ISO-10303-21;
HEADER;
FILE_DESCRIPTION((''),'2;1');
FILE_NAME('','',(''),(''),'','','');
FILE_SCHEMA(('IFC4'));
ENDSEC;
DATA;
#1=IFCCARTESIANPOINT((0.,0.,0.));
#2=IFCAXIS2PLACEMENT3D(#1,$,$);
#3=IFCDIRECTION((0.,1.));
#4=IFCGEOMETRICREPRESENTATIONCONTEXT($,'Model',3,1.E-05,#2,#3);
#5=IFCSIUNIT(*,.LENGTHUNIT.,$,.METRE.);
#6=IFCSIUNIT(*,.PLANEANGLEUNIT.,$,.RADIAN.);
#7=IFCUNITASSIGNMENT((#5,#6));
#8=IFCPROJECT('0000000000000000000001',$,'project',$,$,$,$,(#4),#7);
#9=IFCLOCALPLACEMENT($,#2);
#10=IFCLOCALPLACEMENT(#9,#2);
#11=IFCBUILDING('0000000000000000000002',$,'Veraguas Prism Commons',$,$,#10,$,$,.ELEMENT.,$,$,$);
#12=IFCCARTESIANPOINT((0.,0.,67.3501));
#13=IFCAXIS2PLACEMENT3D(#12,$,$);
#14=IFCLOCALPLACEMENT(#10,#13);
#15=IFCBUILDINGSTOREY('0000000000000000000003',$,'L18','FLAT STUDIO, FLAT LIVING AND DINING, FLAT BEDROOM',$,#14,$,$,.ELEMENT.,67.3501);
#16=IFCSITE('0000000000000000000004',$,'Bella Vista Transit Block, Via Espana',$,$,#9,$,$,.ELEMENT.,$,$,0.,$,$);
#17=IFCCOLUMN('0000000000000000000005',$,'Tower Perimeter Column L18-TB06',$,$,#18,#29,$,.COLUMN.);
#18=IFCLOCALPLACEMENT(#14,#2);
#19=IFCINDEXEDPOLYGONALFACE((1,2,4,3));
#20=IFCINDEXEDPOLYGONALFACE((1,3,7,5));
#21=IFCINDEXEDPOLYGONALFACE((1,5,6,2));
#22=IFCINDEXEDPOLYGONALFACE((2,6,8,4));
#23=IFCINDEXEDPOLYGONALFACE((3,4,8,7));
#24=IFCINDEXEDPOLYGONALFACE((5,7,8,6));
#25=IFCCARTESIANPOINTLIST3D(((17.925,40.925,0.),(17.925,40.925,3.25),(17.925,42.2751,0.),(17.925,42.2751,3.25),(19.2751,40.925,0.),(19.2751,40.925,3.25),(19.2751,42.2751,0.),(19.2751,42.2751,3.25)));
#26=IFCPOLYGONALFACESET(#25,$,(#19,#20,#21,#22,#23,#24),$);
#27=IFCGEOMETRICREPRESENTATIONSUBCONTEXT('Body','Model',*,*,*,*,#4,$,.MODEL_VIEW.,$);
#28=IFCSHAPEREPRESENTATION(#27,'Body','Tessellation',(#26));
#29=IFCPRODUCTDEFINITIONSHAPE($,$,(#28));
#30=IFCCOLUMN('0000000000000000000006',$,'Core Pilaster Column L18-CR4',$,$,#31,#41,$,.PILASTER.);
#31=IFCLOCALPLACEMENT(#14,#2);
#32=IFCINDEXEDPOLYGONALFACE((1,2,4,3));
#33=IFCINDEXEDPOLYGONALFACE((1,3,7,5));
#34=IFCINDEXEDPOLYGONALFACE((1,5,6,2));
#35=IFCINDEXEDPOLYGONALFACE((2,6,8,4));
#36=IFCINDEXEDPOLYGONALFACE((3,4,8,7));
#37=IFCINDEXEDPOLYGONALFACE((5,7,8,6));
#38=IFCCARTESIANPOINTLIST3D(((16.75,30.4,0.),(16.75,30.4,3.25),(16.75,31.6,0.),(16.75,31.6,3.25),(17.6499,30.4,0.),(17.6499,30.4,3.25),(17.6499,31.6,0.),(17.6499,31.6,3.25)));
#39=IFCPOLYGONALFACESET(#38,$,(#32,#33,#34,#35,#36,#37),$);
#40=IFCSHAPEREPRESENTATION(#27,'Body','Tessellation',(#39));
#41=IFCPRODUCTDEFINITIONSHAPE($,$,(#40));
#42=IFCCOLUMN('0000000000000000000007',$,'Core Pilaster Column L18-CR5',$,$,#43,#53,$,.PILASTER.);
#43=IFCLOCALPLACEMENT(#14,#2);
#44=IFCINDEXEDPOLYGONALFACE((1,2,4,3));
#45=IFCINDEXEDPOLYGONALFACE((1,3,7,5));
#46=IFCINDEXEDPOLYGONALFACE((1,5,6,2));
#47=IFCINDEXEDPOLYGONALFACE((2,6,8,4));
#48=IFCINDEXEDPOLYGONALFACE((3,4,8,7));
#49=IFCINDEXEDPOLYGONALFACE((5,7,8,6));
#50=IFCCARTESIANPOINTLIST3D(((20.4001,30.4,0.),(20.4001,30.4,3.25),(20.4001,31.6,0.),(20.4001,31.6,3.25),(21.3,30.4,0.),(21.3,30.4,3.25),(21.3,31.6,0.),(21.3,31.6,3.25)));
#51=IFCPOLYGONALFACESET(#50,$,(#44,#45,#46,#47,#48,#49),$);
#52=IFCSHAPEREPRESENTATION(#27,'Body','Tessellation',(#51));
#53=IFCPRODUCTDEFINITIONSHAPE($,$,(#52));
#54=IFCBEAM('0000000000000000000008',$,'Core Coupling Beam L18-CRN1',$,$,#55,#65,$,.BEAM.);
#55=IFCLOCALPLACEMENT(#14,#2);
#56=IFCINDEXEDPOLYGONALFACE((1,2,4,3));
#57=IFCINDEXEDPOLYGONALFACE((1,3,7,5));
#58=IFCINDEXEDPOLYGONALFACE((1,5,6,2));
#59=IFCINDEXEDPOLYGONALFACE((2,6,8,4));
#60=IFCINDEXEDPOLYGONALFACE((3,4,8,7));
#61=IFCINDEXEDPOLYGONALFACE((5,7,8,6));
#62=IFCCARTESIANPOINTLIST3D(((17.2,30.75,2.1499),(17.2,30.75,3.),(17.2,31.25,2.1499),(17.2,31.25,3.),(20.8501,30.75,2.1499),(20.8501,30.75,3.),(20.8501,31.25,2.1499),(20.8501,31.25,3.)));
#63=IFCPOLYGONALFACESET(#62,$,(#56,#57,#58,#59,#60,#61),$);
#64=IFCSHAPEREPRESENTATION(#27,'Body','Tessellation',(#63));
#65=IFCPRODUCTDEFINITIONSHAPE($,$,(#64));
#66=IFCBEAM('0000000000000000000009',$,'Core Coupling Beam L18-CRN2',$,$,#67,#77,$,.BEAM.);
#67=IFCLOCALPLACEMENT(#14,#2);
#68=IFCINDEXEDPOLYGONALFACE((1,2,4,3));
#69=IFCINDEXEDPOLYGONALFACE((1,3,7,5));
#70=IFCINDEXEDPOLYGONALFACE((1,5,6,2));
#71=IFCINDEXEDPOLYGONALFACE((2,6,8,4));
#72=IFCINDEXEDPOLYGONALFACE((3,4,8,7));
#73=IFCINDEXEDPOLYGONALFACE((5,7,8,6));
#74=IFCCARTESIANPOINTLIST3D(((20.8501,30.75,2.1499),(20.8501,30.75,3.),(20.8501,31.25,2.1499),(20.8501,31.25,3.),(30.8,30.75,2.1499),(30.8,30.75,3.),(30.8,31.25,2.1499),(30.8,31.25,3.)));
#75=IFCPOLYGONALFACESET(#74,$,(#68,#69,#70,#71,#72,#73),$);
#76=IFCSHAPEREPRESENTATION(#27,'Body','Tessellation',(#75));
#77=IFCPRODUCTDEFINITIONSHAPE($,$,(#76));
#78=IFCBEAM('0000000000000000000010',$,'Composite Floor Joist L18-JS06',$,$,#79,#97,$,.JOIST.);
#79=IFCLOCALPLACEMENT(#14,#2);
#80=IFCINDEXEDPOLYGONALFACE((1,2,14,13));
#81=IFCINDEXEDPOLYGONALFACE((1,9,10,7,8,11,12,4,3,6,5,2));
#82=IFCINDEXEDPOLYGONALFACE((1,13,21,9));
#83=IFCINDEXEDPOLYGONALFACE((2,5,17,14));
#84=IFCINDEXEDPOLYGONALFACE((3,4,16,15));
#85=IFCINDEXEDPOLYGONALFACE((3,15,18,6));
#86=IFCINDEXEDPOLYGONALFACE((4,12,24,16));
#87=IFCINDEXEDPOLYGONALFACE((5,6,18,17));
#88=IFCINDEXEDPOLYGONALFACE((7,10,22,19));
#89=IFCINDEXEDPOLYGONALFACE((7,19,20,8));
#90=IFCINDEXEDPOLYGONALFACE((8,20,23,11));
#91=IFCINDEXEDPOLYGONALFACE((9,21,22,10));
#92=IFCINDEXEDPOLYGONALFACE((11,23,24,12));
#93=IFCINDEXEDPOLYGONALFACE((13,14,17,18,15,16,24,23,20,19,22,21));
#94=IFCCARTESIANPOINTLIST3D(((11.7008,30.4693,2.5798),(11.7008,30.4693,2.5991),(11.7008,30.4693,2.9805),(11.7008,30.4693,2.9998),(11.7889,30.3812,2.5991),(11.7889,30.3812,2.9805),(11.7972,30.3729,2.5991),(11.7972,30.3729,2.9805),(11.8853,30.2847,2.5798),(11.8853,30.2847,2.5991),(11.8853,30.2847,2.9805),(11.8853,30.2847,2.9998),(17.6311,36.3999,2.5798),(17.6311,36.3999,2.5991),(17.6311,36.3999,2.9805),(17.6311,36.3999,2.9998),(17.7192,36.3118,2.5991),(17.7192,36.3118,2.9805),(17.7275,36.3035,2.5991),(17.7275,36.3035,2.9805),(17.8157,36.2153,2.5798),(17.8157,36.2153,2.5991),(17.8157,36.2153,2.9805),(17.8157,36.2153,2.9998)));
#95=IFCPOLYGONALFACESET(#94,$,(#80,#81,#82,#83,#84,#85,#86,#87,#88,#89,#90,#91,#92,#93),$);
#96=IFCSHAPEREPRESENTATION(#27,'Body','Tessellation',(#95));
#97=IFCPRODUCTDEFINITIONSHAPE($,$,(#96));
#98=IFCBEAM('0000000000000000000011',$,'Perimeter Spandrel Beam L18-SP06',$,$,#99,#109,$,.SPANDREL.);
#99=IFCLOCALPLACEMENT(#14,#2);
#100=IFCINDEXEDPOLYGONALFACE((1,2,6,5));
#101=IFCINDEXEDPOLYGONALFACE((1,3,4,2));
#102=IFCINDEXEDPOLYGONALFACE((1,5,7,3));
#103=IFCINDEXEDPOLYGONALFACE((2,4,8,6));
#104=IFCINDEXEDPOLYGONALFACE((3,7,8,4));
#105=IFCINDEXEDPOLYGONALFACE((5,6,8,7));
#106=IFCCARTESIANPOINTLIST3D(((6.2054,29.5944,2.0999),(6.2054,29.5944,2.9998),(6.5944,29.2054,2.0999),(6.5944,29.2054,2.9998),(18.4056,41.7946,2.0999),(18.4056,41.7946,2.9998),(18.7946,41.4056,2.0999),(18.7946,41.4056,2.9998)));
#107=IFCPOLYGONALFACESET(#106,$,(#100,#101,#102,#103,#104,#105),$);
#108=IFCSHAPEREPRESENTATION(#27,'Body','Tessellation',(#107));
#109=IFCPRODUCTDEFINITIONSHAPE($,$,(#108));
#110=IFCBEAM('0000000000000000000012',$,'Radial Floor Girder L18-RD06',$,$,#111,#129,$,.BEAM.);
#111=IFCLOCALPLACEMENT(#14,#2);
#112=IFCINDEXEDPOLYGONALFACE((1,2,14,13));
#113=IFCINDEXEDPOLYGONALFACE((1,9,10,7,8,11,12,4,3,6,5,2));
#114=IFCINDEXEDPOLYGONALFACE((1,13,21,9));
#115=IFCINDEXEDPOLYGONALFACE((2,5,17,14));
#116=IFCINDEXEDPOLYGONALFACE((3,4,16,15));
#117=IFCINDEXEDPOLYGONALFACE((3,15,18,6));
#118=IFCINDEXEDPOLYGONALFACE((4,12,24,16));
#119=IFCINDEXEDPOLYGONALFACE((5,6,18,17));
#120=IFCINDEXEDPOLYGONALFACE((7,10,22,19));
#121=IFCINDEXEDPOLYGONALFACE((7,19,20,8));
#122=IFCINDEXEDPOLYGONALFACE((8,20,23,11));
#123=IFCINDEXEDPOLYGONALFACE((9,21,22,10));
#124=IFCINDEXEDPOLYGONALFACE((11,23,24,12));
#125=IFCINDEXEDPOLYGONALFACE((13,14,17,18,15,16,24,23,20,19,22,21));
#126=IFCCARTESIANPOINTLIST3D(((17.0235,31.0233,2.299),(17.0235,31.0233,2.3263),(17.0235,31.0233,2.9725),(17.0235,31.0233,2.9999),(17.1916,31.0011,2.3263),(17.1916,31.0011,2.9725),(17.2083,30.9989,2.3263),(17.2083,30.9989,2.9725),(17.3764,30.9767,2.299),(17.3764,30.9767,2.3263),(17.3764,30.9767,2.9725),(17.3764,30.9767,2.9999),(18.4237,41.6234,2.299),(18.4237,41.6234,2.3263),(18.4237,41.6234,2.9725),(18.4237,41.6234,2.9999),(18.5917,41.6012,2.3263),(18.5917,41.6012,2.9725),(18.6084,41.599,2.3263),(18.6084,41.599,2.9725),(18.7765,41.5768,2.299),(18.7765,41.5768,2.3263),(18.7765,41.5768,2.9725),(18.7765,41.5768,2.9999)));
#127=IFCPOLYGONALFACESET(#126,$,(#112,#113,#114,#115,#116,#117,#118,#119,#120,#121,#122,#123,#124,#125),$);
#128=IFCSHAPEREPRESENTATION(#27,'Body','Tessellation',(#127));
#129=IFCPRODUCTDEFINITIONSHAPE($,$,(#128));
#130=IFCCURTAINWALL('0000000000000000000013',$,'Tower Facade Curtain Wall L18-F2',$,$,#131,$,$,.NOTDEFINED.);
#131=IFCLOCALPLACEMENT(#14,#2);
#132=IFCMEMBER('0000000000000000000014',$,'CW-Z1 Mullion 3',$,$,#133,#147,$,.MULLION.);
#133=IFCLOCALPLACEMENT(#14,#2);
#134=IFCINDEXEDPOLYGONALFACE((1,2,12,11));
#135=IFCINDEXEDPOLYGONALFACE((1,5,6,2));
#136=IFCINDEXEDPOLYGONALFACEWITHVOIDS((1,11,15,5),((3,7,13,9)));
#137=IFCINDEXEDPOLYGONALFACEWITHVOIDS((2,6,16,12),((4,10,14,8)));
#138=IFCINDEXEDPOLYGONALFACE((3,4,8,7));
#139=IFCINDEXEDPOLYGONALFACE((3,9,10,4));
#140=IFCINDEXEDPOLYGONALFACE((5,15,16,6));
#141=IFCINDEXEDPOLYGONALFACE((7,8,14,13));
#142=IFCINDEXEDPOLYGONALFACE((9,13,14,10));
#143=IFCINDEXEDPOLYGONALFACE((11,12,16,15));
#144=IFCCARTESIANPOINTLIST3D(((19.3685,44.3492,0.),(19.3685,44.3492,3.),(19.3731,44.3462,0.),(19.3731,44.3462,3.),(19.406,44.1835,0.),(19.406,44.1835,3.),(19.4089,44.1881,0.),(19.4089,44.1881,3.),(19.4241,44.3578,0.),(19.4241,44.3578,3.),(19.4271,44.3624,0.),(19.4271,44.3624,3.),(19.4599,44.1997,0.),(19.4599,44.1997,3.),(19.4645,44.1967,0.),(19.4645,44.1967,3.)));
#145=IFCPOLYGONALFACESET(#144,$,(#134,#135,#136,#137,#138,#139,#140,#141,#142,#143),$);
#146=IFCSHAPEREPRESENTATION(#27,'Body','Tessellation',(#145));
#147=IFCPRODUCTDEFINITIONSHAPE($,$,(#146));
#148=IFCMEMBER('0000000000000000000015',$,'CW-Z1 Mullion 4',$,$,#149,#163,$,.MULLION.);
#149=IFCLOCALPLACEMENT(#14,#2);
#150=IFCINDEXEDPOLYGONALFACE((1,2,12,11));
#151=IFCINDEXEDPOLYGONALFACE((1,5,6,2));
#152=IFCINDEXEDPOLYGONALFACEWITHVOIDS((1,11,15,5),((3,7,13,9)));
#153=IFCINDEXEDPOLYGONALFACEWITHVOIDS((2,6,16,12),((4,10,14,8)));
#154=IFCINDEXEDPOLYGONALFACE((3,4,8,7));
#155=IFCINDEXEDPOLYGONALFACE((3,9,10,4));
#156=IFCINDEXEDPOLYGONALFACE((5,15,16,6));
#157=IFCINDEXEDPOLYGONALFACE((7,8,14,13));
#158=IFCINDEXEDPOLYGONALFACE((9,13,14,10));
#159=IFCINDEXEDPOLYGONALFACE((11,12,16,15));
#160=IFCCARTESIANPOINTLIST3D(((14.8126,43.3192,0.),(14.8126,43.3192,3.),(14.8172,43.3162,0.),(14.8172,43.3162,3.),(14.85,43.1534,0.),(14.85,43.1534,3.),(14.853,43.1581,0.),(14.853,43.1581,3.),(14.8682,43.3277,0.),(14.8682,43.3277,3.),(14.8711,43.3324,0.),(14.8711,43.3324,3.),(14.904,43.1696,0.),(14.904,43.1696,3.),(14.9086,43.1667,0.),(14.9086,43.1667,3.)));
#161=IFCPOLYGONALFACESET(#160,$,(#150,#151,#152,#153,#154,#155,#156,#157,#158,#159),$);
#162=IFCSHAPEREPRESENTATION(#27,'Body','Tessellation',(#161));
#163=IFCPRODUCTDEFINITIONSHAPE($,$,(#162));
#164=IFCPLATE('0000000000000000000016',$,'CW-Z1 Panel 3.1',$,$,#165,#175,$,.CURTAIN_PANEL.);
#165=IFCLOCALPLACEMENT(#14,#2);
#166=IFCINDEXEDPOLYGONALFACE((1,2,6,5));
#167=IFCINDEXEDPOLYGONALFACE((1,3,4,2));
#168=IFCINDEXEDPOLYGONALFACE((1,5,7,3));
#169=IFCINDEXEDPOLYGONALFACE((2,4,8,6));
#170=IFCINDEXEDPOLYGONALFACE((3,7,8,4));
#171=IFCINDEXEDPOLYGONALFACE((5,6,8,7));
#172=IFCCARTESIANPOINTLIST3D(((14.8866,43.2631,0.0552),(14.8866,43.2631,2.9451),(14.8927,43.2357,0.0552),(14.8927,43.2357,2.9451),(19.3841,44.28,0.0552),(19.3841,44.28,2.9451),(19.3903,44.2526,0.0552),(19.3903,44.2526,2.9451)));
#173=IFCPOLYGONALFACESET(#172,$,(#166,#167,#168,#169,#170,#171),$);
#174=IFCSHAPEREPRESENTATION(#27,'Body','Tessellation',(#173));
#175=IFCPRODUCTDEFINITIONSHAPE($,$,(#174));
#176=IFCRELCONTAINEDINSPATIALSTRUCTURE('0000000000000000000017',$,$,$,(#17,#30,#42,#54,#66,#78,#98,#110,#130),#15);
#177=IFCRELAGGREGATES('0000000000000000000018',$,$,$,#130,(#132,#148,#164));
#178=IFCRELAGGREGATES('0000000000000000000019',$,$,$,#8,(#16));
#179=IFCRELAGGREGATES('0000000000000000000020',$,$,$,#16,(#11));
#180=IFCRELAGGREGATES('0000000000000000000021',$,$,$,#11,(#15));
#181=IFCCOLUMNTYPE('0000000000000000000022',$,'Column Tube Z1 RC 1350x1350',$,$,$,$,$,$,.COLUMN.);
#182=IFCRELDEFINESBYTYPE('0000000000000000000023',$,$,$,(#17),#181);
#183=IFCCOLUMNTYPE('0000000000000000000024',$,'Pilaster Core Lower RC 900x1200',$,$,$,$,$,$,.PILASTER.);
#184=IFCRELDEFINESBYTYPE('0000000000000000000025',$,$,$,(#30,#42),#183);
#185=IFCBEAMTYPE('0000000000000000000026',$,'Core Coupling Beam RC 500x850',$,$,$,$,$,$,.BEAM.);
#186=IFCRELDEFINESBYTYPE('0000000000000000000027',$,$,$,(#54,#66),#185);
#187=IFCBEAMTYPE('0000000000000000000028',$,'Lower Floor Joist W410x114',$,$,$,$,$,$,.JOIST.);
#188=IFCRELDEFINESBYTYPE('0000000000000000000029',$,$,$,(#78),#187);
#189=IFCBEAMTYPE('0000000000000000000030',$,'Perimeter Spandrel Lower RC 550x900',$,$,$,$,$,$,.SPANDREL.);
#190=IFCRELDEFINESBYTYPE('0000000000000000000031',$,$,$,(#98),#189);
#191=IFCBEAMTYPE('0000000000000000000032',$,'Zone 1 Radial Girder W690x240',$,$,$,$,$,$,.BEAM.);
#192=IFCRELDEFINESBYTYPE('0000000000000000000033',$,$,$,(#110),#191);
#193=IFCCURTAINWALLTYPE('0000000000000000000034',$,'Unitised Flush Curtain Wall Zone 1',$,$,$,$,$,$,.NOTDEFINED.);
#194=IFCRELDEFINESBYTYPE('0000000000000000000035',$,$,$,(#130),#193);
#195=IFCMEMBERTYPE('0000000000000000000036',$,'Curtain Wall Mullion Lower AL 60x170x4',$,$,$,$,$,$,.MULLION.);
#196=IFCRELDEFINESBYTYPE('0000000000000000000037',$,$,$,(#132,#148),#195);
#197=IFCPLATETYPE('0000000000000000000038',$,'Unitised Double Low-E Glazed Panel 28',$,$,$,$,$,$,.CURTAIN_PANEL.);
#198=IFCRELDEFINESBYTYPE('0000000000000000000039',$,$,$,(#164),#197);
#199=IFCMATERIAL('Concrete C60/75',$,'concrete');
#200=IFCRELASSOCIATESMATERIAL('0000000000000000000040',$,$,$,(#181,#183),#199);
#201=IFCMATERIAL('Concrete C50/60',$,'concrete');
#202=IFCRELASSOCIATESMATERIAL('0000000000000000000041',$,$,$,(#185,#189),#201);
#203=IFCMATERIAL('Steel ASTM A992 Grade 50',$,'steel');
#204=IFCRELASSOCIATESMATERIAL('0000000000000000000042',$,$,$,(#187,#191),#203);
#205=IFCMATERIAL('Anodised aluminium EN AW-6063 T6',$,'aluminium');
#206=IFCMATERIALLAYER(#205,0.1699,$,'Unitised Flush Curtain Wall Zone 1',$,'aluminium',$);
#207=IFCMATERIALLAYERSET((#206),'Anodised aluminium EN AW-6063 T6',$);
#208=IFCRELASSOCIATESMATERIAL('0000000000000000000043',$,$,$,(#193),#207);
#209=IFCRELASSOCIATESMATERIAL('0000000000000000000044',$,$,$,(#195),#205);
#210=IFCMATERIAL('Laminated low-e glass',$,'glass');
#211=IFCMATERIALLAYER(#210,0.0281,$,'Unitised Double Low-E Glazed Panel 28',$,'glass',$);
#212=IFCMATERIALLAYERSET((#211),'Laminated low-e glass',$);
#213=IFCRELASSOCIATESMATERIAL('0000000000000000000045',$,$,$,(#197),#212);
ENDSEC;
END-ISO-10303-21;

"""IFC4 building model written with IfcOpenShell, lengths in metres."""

from ifc_helpers import new_model, si_unit, direction, frame, origin, origin_2d, place, context, subcontext, project, spatial, rectangle, hollow_rectangle, i_section, extrude, source, transform, mapped, material, layer, layer_set, material_profile, profile_set, type_object, element, aggregate, save


model = new_model("IFC4")

# Units and contexts
model_context = context("Model", 3, precision=1e-05, world=origin(), true_north=direction((0.0, 1.0)))
body_context = subcontext(model_context, "Body", "Model", "MODEL_VIEW")
ifc_project = project(units=[si_unit("LENGTHUNIT", "METRE"), si_unit("PLANEANGLEUNIT", "RADIAN")], contexts=[model_context])

# Site, building, storey
site_placement = place(None, origin())
site = spatial("IfcSite", under=ifc_project, at=site_placement, Name="Bella Vista Transit Block, Via Espana", CompositionType="ELEMENT", RefElevation=0.0)
building_placement = place(site_placement, origin())
building = spatial("IfcBuilding", under=site, at=building_placement, Name="Veraguas Prism Commons", CompositionType="ELEMENT")
storey_placement = place(building_placement, frame((0.0, 0.0, 67.3501)))
storey = spatial("IfcBuildingStorey", under=building, at=storey_placement, Name="L18", Description="FLAT STUDIO, FLAT LIVING AND DINING, FLAT BEDROOM", CompositionType="ELEMENT", Elevation=67.3501)

# Columns
ifc_material_1 = material(Name="Concrete C60/75", Category="concrete")
ifc_material_profile_1 = material_profile(ifc_material_1, rectangle(XDim=1.3501, YDim=1.3501, at=origin_2d()), Name="RC1350X1350")
ifc_profile_set_1 = profile_set([ifc_material_profile_1], Name="Concrete C60/75")
column_type_1 = type_object("IfcColumnType", Name="Column Tube Z1 RC 1350x1350", PredefinedType="COLUMN", material=ifc_profile_set_1)
column_placement = place(storey_placement, frame((18.6001, 41.6001, 0.0), z_axis=(0.0, 0.0, 1.0), x_axis=(1.0, 0.0, 0.0)))
element("IfcColumn", 1, at=column_placement, inside=storey, type_object=column_type_1, Name="Tower Perimeter Column L18-TB06", PredefinedType="COLUMN", context=body_context, shape_type="SweptSolid", body=[
    extrude(rectangle(XDim=1.3501, YDim=1.3501, at=origin_2d()), origin(), (0.0, 0.0, 1.0), 3.25),
])
ifc_material_profile_2 = material_profile(ifc_material_1, rectangle(XDim=0.8999, YDim=1.2, at=origin_2d()), Name="RC900X1200")
ifc_profile_set_2 = profile_set([ifc_material_profile_2], Name="Concrete C60/75")
column_type_2 = type_object("IfcColumnType", Name="Pilaster Core Lower RC 900x1200", PredefinedType="PILASTER", material=ifc_profile_set_2)
for number, where, z_axis, x_axis, name in (
    (2, (17.2, 31.0, 0.0), (0.0, 0.0, 1.0), (1.0, 0.0, 0.0), "Core Pilaster Column L18-CR4"),
    (3, (20.8501, 31.0, 0.0), (0.0, 0.0, 1.0), (1.0, 0.0, 0.0), "Core Pilaster Column L18-CR5"),
):
    element("IfcColumn", number, at=place(storey_placement, frame(where, z_axis=z_axis, x_axis=x_axis)), inside=storey, type_object=column_type_2, Name=name, PredefinedType="PILASTER", context=body_context, shape_type="SweptSolid", body=[
        extrude(rectangle(XDim=0.8999, YDim=1.2, at=origin_2d()), origin(), (0.0, 0.0, 1.0), 3.25),
    ])

# Beams
ifc_material_2 = material(Name="Concrete C50/60", Category="concrete")
ifc_material_profile_3 = material_profile(ifc_material_2, rectangle(XDim=0.5, YDim=0.8501, at=origin_2d()), Name="RC500X850")
ifc_profile_set_3 = profile_set([ifc_material_profile_3], Name="Concrete C50/60")
beam_type_1 = type_object("IfcBeamType", Name="Core Coupling Beam RC 500x850", PredefinedType="BEAM", material=ifc_profile_set_3)
beam_1_placement = place(storey_placement, frame((17.2, 31.0, 2.575), z_axis=(1.0, 0.0, 0.0), x_axis=(0.0, 1.0, 0.0)))
element("IfcBeam", 4, at=beam_1_placement, inside=storey, type_object=beam_type_1, Name="Core Coupling Beam L18-CRN1", PredefinedType="BEAM", context=body_context, shape_type="SweptSolid", body=[
    extrude(rectangle(XDim=0.5, YDim=0.8501, at=origin_2d()), origin(), (0.0, 0.0, 1.0), 3.6501),
])
beam_2_placement = place(storey_placement, frame((20.8501, 31.0, 2.575), z_axis=(1.0, 0.0, 0.0), x_axis=(0.0, 1.0, 0.0)))
element("IfcBeam", 5, at=beam_2_placement, inside=storey, type_object=beam_type_1, Name="Core Coupling Beam L18-CRN2", PredefinedType="BEAM", context=body_context, shape_type="SweptSolid", body=[
    extrude(rectangle(XDim=0.5, YDim=0.8501, at=origin_2d()), origin(), (0.0, 0.0, 1.0), 9.95),
])
ifc_material_3 = material(Name="Steel ASTM A992 Grade 50", Category="steel")
ifc_material_profile_4 = material_profile(ifc_material_3, i_section(OverallWidth=0.261, OverallDepth=0.4199, WebThickness=0.0117, FlangeThickness=0.0193, at=origin_2d()), Name="W410X114")
ifc_profile_set_4 = profile_set([ifc_material_profile_4], Name="Steel ASTM A992 Grade 50")
beam_type_2 = type_object("IfcBeamType", Name="Lower Floor Joist W410x114", PredefinedType="JOIST", material=ifc_profile_set_4)
beam_3_placement = place(storey_placement, frame((17.7234, 36.3076, 2.7898), z_axis=(-0.707092, -0.707121, 0.0), x_axis=(0.707121, -0.707092, 0.0)))
element("IfcBeam", 6, at=beam_3_placement, inside=storey, type_object=beam_type_2, Name="Composite Floor Joist L18-JS06", PredefinedType="JOIST", context=body_context, shape_type="SweptSolid", body=[
    extrude(i_section(OverallWidth=0.261, OverallDepth=0.4199, WebThickness=0.0117, FlangeThickness=0.0193, at=origin_2d()), origin(), (0.0, 0.0, 1.0), 8.387),
])
ifc_material_profile_5 = material_profile(ifc_material_2, rectangle(XDim=0.55, YDim=0.8999, at=origin_2d()), Name="RC550X900")
ifc_profile_set_5 = profile_set([ifc_material_profile_5], Name="Concrete C50/60")
beam_type_3 = type_object("IfcBeamType", Name="Perimeter Spandrel Lower RC 550x900", PredefinedType="SPANDREL", material=ifc_profile_set_5)
beam_4_placement = place(storey_placement, frame((18.6001, 41.6001, 2.5498), z_axis=(-0.707107, -0.707107, 0.0), x_axis=(0.707107, -0.707107, 0.0)))
element("IfcBeam", 7, at=beam_4_placement, inside=storey, type_object=beam_type_3, Name="Perimeter Spandrel Beam L18-SP06", PredefinedType="SPANDREL", context=body_context, shape_type="SweptSolid", body=[
    extrude(rectangle(XDim=0.55, YDim=0.8999, at=origin_2d()), origin(), (0.0, 0.0, 1.0), 17.2537),
])
ifc_material_profile_6 = material_profile(ifc_material_3, i_section(OverallWidth=0.356, OverallDepth=0.7009, WebThickness=0.0168, FlangeThickness=0.0273, at=origin_2d()), Name="W690X240")
ifc_profile_set_6 = profile_set([ifc_material_profile_6], Name="Steel ASTM A992 Grade 50")
beam_type_4 = type_object("IfcBeamType", Name="Zone 1 Radial Girder W690x240", PredefinedType="BEAM", material=ifc_profile_set_6)
beam_5_placement = place(storey_placement, frame((18.6001, 41.6001, 2.6494), z_axis=(-0.130951, -0.991389, 0.0), x_axis=(0.991389, -0.130951, 0.0)))
element("IfcBeam", 8, at=beam_5_placement, inside=storey, type_object=beam_type_4, Name="Radial Floor Girder L18-RD06", PredefinedType="BEAM", context=body_context, shape_type="SweptSolid", body=[
    extrude(i_section(OverallWidth=0.356, OverallDepth=0.7009, WebThickness=0.0168, FlangeThickness=0.0273, at=origin_2d()), origin(), (0.0, 0.0, 1.0), 10.6921),
])

# Curtain wall, members, plate
ifc_material_4 = material(Name="Anodised aluminium EN AW-6063 T6", Category="aluminium")
ifc_layer_1 = layer(ifc_material_4, 0.1699, Name="Unitised Flush Curtain Wall Zone 1", Category="aluminium")
ifc_layer_set_1 = layer_set([ifc_layer_1], Name="Anodised aluminium EN AW-6063 T6")
curtain_wall_type = type_object("IfcCurtainWallType", Name="Unitised Flush Curtain Wall Zone 1", PredefinedType="NOTDEFINED", material=ifc_layer_set_1)
curtain_wall_placement = place(storey_placement, origin())
curtain_wall = element("IfcCurtainWall", 9, at=curtain_wall_placement, inside=storey, type_object=curtain_wall_type, Name="Tower Facade Curtain Wall L18-F2", PredefinedType="NOTDEFINED")
ifc_material_profile_7 = material_profile(ifc_material_4, hollow_rectangle(XDim=0.0601, YDim=0.1699, WallThickness=0.0039, at=origin_2d()), Name="AL60X170X4")
ifc_profile_set_7 = profile_set([ifc_material_profile_7], Name="Anodised aluminium EN AW-6063 T6")
member_type = type_object("IfcMemberType", Name="Curtain Wall Mullion Lower AL 60x170x4", PredefinedType="MULLION", material=ifc_profile_set_7)
shared_shape_1 = source(origin(), body_context, "Body", "SweptSolid", [
    extrude(hollow_rectangle(XDim=0.0601, YDim=0.1699, WallThickness=0.0039, at=origin_2d()), origin(), (0.0, 0.0, 1.0), 3.0),
])
member_1_placement = place(storey_placement, frame((19.4165, 44.2729, 0.0), z_axis=(0.0, 0.0, 1.0), x_axis=(-0.97538, -0.220532, 0.0)))
member_1 = element("IfcMember", 10, at=member_1_placement, type_object=member_type, Name="CW-Z1 Mullion 3", PredefinedType="MULLION", context=body_context, shape_type="MappedRepresentation", body=[
    mapped(shared_shape_1, transform((0.0, 0.0, 0.0), scale=1.0)),
])
member_2_placement = place(storey_placement, frame((14.8606, 43.2429, 0.0), z_axis=(0.0, 0.0, 1.0), x_axis=(-0.97538, -0.220532, 0.0)))
member_2 = element("IfcMember", 11, at=member_2_placement, type_object=member_type, Name="CW-Z1 Mullion 4", PredefinedType="MULLION", context=body_context, shape_type="MappedRepresentation", body=[
    mapped(shared_shape_1, transform((0.0, 0.0, 0.0), scale=1.0)),
])
ifc_material_5 = material(Name="Laminated low-e glass", Category="glass")
ifc_layer_2 = layer(ifc_material_5, 0.0281, Name="Unitised Double Low-E Glazed Panel 28", Category="glass")
ifc_layer_set_2 = layer_set([ifc_layer_2], Name="Laminated low-e glass")
plate_type = type_object("IfcPlateType", Name="Unitised Double Low-E Glazed Panel 28", PredefinedType="CURTAIN_PANEL", material=ifc_layer_set_2)
shared_shape_2 = source(origin(), body_context, "Body", "SweptSolid", [
    extrude(rectangle(XDim=4.6111, YDim=0.0281, at=origin_2d()), origin(), (0.0, 0.0, 1.0), 2.8899),
])
plate_placement = place(storey_placement, frame((17.1384, 43.7578, 0.0552), z_axis=(0.0, 0.0, 1.0), x_axis=(-0.97538, -0.220532, 0.0)))
plate = element("IfcPlate", 12, at=plate_placement, type_object=plate_type, Name="CW-Z1 Panel 3.1", PredefinedType="CURTAIN_PANEL", context=body_context, shape_type="MappedRepresentation", body=[
    mapped(shared_shape_2, transform((0.0, 0.0, 0.0), scale=1.0)),
])
aggregate(curtain_wall, [member_1, member_2, plate])

save(model, "model.ifc")
